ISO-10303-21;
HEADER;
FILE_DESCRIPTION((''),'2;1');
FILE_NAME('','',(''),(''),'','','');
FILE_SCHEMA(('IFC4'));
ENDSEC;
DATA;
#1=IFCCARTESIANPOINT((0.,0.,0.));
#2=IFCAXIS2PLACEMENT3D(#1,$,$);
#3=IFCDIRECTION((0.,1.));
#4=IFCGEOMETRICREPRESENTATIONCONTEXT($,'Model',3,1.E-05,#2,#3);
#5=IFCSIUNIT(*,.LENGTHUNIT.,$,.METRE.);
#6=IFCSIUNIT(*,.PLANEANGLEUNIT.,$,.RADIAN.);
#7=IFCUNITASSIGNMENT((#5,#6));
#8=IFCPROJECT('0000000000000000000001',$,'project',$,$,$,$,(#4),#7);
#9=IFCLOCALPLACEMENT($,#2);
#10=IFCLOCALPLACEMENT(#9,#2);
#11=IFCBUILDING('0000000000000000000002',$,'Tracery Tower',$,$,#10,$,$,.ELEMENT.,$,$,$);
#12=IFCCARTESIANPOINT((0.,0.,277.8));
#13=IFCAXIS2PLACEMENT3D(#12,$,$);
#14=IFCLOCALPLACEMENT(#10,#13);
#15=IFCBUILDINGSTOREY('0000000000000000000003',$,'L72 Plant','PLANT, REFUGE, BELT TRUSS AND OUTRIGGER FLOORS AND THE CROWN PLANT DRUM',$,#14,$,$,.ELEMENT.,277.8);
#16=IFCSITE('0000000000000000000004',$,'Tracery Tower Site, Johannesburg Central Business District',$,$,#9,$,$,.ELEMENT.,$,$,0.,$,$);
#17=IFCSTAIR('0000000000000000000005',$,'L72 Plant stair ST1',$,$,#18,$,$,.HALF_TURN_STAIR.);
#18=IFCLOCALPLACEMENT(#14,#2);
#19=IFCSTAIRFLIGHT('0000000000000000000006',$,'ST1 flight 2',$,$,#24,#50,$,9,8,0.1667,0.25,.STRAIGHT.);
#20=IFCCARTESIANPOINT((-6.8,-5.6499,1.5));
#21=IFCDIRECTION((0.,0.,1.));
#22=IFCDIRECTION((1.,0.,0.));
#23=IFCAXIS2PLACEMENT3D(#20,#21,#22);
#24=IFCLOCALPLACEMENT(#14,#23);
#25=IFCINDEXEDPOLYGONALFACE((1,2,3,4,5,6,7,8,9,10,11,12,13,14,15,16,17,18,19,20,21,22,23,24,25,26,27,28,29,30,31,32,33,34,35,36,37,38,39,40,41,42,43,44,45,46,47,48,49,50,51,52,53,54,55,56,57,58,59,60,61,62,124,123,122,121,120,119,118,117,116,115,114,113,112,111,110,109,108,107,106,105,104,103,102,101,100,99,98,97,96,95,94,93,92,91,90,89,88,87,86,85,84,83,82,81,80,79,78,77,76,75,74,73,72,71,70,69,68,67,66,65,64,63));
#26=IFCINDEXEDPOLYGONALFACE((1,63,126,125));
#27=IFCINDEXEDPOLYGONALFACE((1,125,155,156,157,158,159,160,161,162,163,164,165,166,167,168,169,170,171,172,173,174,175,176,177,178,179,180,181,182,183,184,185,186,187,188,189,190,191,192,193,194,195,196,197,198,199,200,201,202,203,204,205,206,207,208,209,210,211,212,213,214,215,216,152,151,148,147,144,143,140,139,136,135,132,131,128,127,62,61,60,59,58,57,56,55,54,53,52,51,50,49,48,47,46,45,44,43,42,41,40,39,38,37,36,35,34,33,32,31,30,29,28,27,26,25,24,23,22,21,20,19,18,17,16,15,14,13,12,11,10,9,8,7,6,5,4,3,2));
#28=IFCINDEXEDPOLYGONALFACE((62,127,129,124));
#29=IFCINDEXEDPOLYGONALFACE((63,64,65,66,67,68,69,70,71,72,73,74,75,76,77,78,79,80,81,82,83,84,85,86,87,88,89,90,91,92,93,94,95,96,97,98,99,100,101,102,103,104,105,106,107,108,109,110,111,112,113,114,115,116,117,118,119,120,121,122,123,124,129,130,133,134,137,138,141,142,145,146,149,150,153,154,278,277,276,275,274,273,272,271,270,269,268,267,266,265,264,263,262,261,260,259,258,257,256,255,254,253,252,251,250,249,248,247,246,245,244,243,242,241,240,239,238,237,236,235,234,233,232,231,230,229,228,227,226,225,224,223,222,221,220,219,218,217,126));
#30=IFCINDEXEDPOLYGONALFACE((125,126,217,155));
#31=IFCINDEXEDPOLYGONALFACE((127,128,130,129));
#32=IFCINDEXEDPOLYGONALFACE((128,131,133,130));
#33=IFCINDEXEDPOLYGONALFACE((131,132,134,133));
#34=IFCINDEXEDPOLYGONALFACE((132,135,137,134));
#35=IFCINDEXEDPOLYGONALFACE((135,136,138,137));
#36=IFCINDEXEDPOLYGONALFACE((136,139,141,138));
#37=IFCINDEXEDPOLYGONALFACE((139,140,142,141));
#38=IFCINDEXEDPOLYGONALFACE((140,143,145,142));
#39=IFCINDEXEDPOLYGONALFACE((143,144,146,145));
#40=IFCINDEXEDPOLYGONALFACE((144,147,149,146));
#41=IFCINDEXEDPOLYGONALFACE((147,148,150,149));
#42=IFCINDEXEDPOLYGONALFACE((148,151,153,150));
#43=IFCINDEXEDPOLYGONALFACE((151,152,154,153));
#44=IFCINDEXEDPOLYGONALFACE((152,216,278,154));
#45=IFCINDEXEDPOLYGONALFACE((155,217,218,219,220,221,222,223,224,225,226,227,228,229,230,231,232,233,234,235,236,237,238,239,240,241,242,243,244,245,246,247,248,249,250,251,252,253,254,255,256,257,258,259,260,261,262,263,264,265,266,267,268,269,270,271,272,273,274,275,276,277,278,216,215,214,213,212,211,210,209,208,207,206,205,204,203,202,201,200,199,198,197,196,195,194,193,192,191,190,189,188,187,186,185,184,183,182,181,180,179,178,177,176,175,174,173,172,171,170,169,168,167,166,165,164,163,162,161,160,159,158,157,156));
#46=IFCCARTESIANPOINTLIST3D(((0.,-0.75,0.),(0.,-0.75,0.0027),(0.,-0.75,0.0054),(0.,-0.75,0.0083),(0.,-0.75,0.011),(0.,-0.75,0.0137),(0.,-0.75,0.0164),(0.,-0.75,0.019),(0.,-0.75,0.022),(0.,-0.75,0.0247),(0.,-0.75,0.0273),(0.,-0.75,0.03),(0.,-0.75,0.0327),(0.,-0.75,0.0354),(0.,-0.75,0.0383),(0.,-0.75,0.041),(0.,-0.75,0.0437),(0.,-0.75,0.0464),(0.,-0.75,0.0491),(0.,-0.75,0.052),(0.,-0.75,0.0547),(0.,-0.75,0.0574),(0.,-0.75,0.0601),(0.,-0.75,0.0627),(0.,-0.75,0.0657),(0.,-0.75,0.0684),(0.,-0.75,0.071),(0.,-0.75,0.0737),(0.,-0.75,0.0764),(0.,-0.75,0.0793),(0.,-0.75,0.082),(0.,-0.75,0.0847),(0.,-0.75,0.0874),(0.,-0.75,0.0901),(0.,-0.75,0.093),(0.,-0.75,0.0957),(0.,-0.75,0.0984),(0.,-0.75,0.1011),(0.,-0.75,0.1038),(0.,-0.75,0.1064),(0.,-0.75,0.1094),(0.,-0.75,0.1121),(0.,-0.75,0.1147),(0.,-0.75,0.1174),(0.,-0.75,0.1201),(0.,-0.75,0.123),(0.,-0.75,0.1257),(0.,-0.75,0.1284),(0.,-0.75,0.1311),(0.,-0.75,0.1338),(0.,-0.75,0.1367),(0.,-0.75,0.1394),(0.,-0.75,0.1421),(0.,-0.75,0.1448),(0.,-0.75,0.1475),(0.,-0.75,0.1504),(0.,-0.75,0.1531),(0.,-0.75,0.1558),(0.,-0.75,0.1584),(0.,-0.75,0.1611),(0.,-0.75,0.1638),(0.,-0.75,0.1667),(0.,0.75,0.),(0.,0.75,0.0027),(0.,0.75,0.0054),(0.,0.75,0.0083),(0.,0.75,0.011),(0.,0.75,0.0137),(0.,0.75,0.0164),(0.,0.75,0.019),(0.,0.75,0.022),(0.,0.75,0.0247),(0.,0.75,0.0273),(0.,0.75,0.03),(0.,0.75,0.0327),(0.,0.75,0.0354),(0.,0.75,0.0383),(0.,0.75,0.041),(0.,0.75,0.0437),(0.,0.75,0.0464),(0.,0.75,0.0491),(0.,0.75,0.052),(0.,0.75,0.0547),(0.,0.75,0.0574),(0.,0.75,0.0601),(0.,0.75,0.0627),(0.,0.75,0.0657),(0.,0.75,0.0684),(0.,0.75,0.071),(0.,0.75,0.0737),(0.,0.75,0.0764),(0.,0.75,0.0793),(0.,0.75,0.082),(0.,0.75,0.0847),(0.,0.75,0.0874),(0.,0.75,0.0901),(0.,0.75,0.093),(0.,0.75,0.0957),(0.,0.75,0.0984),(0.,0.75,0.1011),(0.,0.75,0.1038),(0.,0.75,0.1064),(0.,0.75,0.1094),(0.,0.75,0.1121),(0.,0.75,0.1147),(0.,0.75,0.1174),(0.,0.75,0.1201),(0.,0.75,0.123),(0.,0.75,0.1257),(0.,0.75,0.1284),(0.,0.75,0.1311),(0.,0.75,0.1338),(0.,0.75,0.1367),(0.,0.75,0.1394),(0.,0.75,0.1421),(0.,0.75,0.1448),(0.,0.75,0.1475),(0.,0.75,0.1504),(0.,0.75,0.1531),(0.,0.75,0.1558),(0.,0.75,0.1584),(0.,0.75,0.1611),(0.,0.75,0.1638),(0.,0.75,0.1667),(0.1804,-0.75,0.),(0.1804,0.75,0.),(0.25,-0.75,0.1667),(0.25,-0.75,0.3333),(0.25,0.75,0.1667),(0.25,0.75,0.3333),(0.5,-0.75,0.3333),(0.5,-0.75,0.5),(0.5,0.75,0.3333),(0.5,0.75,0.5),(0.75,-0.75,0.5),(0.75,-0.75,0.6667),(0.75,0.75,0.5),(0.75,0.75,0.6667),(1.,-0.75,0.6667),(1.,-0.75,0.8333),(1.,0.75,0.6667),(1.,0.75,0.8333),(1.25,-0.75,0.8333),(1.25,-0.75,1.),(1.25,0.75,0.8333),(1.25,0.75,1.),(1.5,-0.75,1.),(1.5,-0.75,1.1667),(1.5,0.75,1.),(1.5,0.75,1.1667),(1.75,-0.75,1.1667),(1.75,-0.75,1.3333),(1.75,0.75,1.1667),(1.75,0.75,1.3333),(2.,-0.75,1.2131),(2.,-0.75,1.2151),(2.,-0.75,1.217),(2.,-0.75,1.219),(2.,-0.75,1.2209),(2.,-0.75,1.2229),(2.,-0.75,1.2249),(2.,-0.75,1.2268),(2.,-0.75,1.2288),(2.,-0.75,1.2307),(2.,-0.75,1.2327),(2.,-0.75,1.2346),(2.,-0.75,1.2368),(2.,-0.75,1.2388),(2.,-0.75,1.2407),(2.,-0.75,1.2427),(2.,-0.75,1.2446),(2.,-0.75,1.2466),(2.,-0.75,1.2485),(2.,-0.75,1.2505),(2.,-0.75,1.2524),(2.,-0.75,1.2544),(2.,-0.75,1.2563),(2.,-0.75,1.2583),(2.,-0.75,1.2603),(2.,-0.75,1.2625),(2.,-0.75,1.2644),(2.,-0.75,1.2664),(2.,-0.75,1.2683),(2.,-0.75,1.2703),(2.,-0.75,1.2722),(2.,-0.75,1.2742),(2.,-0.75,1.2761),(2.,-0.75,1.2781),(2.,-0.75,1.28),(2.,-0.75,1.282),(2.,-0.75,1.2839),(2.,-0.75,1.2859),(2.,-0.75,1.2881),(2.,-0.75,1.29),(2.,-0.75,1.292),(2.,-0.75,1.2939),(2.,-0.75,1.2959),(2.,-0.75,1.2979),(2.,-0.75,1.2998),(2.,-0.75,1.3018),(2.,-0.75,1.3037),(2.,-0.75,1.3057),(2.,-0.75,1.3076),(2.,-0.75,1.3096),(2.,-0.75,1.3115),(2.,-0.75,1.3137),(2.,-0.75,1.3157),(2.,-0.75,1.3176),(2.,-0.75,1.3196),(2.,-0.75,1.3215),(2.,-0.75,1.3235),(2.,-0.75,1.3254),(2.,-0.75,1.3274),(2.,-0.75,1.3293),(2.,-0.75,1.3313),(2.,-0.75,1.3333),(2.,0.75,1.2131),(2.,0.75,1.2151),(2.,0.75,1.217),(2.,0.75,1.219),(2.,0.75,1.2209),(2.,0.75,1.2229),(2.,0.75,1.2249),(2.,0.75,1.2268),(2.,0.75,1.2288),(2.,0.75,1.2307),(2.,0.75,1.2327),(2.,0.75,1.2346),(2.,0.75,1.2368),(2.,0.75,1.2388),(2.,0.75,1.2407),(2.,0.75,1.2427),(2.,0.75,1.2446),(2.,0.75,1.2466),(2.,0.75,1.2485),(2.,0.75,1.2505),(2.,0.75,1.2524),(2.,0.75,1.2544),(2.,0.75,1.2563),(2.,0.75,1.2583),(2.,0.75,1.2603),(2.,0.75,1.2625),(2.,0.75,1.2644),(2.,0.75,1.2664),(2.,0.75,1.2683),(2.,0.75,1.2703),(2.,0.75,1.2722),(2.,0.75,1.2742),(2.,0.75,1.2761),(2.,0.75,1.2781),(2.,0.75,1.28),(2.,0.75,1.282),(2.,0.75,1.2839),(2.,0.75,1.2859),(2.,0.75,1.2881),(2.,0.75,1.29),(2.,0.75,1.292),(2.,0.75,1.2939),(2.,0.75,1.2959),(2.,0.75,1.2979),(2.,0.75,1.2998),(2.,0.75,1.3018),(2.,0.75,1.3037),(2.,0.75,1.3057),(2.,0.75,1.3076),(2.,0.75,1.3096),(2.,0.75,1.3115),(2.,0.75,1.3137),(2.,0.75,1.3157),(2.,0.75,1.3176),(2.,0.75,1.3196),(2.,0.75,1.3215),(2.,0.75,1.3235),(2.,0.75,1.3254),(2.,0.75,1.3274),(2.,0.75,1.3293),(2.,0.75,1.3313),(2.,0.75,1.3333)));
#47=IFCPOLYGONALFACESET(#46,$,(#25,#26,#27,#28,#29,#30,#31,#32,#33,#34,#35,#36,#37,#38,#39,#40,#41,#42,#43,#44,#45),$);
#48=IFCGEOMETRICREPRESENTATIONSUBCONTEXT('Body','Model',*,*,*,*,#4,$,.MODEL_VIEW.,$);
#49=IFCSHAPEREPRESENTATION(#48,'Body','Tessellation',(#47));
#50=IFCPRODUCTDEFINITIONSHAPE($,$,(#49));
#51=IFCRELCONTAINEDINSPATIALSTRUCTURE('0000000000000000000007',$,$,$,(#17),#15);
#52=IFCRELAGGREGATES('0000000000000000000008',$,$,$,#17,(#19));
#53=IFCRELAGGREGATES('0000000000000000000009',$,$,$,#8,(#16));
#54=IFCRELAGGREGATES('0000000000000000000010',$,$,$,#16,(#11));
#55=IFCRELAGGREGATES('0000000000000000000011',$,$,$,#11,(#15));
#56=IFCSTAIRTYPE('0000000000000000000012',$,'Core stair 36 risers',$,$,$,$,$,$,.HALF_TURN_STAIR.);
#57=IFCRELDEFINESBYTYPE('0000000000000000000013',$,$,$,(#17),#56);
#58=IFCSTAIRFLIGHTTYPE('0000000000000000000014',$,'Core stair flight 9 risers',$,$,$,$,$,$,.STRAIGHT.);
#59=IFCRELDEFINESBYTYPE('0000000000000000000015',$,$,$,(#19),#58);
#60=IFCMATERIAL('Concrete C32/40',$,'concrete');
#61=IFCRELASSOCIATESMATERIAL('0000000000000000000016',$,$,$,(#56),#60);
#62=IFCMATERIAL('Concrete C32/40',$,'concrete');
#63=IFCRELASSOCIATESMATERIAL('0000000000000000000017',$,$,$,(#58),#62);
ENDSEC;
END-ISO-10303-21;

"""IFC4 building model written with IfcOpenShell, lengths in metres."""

from ifc_helpers import new_model, si_unit, direction, frame, origin, place, context, subcontext, project, spatial, polyline, outline, extrude, material, type_object, element, aggregate, save


model = new_model("IFC4")

# Units and contexts
model_context = context("Model", 3, precision=1e-05, world=origin(), true_north=direction((0.0, 1.0)))
body_context = subcontext(model_context, "Body", "Model", "MODEL_VIEW")
ifc_project = project(units=[si_unit("LENGTHUNIT", "METRE"), si_unit("PLANEANGLEUNIT", "RADIAN")], contexts=[model_context])

# Site, building, storey
site_placement = place(None, origin())
site = spatial("IfcSite", under=ifc_project, at=site_placement, Name="Tracery Tower Site, Johannesburg Central Business District", CompositionType="ELEMENT", RefElevation=0.0)
building_placement = place(site_placement, origin())
building = spatial("IfcBuilding", under=site, at=building_placement, Name="Tracery Tower", CompositionType="ELEMENT")
storey_placement = place(building_placement, frame((0.0, 0.0, 277.8)))
storey = spatial("IfcBuildingStorey", under=building, at=storey_placement, Name="L72 Plant", Description="PLANT, REFUGE, BELT TRUSS AND OUTRIGGER FLOORS AND THE CROWN PLANT DRUM", CompositionType="ELEMENT", Elevation=277.8)

# Stair
ifc_material_1 = material(Name="Concrete C32/40", Category="concrete")
stair_type = type_object("IfcStairType", Name="Core stair 36 risers", PredefinedType="HALF_TURN_STAIR", material=ifc_material_1)
stair_1_placement = place(storey_placement, origin())
stair_1 = element("IfcStair", 1, at=stair_1_placement, inside=storey, type_object=stair_type, Name="L72 Plant stair ST1", PredefinedType="HALF_TURN_STAIR")

# Stair flight
ifc_material_2 = material(Name="Concrete C32/40", Category="concrete")
stair_flight_type = type_object("IfcStairFlightType", Name="Core stair flight 9 risers", PredefinedType="STRAIGHT", material=ifc_material_2)
stair_flight_1_placement = place(storey_placement, frame((-6.8, -5.6499, 1.5), z_axis=(0.0, 0.0, 1.0), x_axis=(1.0, 0.0, 0.0)))
stair_flight_1 = element("IfcStairFlight", 2, at=stair_flight_1_placement, type_object=stair_flight_type, Name="ST1 flight 2", NumberOfRisers=9, NumberOfTreads=8, PredefinedType="STRAIGHT", RiserHeight=0.1667, TreadLength=0.25, context=body_context, shape_type="SweptSolid", body=[
    extrude(outline(polyline([(0.0, 0.0), (0.0, 0.0027), (0.0, 0.0054), (0.0, 0.0083), (0.0, 0.011), (0.0, 0.0137), (0.0, 0.0164), (0.0, 0.019), (0.0, 0.022), (0.0, 0.0247), (0.0, 0.0273), (0.0, 0.03), (0.0, 0.0327), (0.0, 0.0354), (0.0, 0.0383), (0.0, 0.041), (0.0, 0.0437), (0.0, 0.0464), (0.0, 0.0491), (0.0, 0.052), (0.0, 0.0547), (0.0, 0.0574), (0.0, 0.0601), (0.0, 0.0627), (0.0, 0.0657), (0.0, 0.0684), (0.0, 0.071), (0.0, 0.0737), (0.0, 0.0764), (0.0, 0.0793), (0.0, 0.082), (0.0, 0.0847), (0.0, 0.0874), (0.0, 0.0901), (0.0, 0.093), (0.0, 0.0957), (0.0, 0.0984), (0.0, 0.1011), (0.0, 0.1038), (0.0, 0.1064), (0.0, 0.1094), (0.0, 0.1121), (0.0, 0.1147), (0.0, 0.1174), (0.0, 0.1201), (0.0, 0.123), (0.0, 0.1257), (0.0, 0.1284), (0.0, 0.1311), (0.0, 0.1338), (0.0, 0.1367), (0.0, 0.1394), (0.0, 0.1421), (0.0, 0.1448), (0.0, 0.1475), (0.0, 0.1504), (0.0, 0.1531), (0.0, 0.1558), (0.0, 0.1584), (0.0, 0.1611), (0.0, 0.1638), (0.0, 0.1667), (0.25, 0.1667), (0.25, 0.3333), (0.5, 0.3333), (0.5, 0.5), (0.75, 0.5), (0.75, 0.6667), (1.0, 0.6667), (1.0, 0.8333), (1.25, 0.8333), (1.25, 1.0), (1.5, 1.0), (1.5, 1.1667), (1.75, 1.1667), (1.75, 1.3333), (2.0, 1.3333), (2.0, 1.3313), (2.0, 1.3293), (2.0, 1.3274), (2.0, 1.3254), (2.0, 1.3235), (2.0, 1.3215), (2.0, 1.3196), (2.0, 1.3176), (2.0, 1.3157), (2.0, 1.3137), (2.0, 1.3115), (2.0, 1.3096), (2.0, 1.3076), (2.0, 1.3057), (2.0, 1.3037), (2.0, 1.3018), (2.0, 1.2998), (2.0, 1.2979), (2.0, 1.2959), (2.0, 1.2939), (2.0, 1.292), (2.0, 1.29), (2.0, 1.2881), (2.0, 1.2859), (2.0, 1.2839), (2.0, 1.282), (2.0, 1.28), (2.0, 1.2781), (2.0, 1.2761), (2.0, 1.2742), (2.0, 1.2722), (2.0, 1.2703), (2.0, 1.2683), (2.0, 1.2664), (2.0, 1.2644), (2.0, 1.2625), (2.0, 1.2603), (2.0, 1.2583), (2.0, 1.2563), (2.0, 1.2544), (2.0, 1.2524), (2.0, 1.2505), (2.0, 1.2485), (2.0, 1.2466), (2.0, 1.2446), (2.0, 1.2427), (2.0, 1.2407), (2.0, 1.2388), (2.0, 1.2368), (2.0, 1.2346), (2.0, 1.2327), (2.0, 1.2307), (2.0, 1.2288), (2.0, 1.2268), (2.0, 1.2249), (2.0, 1.2229), (2.0, 1.2209), (2.0, 1.219), (2.0, 1.217), (2.0, 1.2151), (2.0, 1.2131), (0.1804, 0.0), (0.0, 0.0)])), frame((0.0, 0.75, 0.0), z_axis=(0.0, -1.0, 0.0), x_axis=(1.0, 0.0, 0.0)), (0.0, 0.0, 1.0), 1.5),
])
aggregate(stair_1, [stair_flight_1])

save(model, "model.ifc")
